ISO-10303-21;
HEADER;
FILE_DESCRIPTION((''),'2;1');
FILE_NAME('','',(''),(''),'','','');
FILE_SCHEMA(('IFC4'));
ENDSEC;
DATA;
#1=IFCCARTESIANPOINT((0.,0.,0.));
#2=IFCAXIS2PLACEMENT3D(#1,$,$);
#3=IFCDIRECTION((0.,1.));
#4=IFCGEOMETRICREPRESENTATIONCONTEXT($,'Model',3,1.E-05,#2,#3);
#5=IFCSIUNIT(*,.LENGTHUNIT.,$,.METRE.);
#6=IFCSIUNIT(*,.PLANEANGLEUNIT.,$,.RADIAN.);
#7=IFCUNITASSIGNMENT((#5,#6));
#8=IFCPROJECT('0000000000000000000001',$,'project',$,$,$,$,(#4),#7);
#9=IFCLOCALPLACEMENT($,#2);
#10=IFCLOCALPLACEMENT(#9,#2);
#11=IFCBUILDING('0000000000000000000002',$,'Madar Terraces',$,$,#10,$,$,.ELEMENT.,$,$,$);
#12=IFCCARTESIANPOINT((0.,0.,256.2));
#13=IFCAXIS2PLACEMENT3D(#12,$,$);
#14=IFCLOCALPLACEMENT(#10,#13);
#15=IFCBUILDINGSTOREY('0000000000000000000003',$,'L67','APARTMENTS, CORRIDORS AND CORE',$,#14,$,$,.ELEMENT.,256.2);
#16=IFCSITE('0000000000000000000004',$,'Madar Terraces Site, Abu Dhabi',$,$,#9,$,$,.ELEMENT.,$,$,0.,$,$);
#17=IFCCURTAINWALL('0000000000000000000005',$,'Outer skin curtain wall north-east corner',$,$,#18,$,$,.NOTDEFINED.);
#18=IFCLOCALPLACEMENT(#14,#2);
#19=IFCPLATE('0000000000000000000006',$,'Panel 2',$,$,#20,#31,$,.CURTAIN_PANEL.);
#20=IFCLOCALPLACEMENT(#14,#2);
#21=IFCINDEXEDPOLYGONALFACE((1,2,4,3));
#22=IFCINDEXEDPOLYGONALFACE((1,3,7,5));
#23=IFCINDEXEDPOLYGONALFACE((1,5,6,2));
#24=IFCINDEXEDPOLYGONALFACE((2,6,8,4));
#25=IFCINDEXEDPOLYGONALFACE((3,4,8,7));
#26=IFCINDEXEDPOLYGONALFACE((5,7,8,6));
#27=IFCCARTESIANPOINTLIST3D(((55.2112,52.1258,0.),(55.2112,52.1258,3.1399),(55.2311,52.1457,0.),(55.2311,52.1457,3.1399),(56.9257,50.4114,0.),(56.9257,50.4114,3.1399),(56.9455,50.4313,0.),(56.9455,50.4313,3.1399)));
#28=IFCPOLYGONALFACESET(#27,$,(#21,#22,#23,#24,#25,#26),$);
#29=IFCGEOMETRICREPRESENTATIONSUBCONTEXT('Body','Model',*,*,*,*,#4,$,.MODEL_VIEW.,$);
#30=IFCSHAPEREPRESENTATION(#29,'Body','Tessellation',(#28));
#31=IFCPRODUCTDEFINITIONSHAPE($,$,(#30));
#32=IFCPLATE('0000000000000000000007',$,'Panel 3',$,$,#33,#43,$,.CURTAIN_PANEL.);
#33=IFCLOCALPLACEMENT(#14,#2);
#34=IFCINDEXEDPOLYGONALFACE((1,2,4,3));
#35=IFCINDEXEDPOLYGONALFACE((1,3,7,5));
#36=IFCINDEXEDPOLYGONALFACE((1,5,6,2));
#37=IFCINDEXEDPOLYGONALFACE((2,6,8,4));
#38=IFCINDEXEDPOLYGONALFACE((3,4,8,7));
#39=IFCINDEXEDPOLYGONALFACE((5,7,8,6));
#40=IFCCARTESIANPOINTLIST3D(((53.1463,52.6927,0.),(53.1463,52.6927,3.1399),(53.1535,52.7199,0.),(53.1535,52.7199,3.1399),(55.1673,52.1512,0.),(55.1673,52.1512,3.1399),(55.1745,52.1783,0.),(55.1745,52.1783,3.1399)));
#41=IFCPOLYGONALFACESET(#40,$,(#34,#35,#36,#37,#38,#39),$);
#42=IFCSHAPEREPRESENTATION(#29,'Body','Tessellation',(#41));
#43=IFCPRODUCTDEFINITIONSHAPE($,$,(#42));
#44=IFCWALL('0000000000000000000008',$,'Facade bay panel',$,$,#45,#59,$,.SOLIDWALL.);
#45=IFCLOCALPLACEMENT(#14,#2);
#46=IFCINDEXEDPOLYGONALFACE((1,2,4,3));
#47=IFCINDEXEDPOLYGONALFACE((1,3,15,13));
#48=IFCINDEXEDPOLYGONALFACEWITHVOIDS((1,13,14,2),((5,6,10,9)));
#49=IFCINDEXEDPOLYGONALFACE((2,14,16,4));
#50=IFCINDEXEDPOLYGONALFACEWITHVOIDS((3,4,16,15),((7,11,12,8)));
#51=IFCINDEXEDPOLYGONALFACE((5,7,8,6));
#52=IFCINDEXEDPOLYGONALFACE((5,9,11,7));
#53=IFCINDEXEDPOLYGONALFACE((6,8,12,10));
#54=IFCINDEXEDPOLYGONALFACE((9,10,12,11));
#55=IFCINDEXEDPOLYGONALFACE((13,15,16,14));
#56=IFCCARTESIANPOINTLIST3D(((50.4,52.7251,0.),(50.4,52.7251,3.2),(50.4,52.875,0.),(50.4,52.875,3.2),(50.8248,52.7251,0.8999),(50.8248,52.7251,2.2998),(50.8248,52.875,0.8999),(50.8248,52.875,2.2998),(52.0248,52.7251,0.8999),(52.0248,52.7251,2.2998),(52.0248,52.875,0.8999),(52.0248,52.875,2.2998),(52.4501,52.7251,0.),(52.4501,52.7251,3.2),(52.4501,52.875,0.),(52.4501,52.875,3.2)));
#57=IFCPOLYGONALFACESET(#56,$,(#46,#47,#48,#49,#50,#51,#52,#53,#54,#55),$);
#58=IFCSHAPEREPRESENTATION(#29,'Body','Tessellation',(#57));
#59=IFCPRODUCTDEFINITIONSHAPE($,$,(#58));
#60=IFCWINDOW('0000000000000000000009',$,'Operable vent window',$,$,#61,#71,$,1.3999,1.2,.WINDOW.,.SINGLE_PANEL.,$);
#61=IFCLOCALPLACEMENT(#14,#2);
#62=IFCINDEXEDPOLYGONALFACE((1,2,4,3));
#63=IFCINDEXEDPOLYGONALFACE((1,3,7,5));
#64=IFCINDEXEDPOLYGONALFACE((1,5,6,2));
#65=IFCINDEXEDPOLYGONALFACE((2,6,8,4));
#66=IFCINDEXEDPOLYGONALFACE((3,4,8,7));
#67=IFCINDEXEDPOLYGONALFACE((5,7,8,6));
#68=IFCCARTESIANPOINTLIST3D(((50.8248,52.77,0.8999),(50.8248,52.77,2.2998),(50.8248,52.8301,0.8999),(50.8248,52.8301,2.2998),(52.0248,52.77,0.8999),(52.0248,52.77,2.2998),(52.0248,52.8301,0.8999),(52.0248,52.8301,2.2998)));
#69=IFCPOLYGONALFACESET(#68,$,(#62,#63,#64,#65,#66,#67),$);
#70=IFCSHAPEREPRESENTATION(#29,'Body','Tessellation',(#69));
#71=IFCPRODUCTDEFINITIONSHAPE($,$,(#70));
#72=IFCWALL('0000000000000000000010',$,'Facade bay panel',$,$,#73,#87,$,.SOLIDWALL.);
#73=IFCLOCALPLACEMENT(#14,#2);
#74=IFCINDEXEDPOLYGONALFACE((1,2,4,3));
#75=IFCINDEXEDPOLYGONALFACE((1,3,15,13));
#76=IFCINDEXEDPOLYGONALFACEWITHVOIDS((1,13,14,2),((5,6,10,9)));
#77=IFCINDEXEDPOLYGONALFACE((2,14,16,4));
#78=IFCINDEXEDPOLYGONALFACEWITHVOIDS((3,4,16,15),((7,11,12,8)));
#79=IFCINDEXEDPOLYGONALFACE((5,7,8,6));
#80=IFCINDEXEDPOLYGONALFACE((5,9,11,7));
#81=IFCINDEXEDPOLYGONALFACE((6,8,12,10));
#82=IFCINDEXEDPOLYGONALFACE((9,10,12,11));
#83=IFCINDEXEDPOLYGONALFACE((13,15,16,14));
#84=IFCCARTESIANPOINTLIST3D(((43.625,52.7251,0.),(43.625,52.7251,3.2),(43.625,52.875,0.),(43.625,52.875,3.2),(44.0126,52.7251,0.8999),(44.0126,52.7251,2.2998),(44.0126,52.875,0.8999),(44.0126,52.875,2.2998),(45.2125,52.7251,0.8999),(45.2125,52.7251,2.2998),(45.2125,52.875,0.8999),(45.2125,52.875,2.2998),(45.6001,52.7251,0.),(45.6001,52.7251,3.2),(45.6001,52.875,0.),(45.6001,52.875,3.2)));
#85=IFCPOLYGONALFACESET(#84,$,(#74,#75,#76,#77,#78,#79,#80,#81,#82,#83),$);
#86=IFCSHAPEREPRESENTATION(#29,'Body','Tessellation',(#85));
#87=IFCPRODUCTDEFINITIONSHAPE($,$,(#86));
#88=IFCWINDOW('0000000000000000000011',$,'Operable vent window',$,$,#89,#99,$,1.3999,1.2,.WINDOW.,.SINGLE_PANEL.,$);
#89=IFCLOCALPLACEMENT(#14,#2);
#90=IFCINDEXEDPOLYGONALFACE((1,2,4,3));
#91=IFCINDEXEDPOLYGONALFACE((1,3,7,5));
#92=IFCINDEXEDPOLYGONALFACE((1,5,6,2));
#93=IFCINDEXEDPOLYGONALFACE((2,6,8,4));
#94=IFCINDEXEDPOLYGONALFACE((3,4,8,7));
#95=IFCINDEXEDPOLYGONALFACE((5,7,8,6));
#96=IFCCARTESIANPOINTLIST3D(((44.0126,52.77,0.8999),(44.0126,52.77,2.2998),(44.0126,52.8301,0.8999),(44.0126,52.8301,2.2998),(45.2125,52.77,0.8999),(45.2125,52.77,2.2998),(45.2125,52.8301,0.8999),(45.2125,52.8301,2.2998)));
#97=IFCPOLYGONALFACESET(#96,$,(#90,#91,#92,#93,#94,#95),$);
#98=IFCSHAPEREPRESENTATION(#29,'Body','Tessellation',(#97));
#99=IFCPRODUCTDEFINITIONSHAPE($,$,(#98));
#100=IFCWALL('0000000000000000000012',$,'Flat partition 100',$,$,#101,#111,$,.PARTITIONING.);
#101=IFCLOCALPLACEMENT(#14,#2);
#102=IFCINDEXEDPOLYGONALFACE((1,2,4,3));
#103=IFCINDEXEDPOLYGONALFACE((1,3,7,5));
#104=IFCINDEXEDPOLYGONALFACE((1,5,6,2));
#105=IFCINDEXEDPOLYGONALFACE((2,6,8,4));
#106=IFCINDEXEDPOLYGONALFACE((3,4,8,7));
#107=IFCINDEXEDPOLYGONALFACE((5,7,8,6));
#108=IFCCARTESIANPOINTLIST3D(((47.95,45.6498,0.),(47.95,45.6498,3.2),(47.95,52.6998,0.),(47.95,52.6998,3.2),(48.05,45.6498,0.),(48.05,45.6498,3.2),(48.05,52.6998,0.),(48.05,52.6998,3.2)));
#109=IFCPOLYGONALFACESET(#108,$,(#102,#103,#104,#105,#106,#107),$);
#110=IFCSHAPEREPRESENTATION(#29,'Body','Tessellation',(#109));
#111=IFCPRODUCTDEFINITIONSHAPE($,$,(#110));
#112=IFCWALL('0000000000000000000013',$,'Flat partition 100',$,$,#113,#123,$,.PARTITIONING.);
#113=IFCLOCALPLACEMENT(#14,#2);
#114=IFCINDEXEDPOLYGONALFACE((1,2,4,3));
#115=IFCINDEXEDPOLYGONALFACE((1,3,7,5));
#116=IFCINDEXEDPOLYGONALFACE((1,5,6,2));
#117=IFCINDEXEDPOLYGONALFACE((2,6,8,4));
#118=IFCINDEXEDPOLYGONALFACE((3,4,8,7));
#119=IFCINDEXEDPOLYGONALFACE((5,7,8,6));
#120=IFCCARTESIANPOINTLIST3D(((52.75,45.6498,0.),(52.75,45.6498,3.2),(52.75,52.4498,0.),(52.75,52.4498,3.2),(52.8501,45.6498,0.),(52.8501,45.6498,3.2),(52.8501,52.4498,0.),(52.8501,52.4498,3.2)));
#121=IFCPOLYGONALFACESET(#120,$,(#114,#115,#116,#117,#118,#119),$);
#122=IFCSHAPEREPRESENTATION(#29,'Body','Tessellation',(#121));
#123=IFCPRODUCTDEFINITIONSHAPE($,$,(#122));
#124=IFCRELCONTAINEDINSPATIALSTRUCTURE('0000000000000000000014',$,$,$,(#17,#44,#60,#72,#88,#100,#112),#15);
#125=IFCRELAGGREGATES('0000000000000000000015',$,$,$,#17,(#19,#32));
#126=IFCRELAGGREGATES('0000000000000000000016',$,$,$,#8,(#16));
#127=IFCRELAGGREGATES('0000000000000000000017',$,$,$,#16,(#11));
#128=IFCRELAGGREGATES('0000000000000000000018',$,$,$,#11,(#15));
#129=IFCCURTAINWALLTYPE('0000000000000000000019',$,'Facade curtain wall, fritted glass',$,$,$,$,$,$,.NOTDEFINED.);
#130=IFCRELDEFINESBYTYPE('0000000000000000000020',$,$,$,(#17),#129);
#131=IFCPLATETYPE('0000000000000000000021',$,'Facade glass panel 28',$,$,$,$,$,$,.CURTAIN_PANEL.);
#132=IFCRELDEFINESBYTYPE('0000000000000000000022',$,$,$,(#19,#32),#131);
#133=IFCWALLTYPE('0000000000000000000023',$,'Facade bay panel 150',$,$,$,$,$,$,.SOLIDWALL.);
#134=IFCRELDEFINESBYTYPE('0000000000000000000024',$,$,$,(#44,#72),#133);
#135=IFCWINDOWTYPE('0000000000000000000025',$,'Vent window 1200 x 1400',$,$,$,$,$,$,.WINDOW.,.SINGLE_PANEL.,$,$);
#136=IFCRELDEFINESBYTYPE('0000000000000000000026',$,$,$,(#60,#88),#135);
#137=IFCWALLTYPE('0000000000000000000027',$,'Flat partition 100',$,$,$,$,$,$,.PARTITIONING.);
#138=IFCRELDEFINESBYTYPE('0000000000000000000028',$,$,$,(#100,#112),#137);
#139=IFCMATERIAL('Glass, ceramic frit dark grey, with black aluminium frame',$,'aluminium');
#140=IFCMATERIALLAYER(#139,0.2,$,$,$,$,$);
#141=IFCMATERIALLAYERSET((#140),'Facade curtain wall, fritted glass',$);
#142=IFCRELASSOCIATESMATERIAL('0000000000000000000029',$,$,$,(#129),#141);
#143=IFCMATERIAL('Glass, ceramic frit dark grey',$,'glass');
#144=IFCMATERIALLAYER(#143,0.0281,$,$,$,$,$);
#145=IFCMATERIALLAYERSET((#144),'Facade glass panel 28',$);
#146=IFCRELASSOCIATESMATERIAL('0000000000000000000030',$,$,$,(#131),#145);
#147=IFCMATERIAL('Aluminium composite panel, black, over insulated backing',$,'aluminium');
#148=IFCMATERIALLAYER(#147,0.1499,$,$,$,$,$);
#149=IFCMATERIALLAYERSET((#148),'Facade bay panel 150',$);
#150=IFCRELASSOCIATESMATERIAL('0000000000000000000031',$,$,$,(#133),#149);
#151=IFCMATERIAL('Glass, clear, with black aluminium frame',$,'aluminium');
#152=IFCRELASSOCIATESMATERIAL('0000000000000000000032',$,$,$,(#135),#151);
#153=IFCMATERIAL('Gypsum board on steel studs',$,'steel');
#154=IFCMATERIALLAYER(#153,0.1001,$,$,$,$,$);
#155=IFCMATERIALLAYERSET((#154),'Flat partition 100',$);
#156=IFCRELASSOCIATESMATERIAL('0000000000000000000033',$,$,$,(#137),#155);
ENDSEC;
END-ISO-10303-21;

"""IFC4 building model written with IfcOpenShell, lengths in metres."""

from ifc_helpers import new_model, si_unit, direction, frame, frame_2d, origin, origin_2d, place, context, subcontext, project, spatial, rectangle, extrude, material, layer, layer_set, type_object, element, fill, aggregate, save


model = new_model("IFC4")

# Units and contexts
model_context = context("Model", 3, precision=1e-05, world=origin(), true_north=direction((0.0, 1.0)))
body_context = subcontext(model_context, "Body", "Model", "MODEL_VIEW")
ifc_project = project(units=[si_unit("LENGTHUNIT", "METRE"), si_unit("PLANEANGLEUNIT", "RADIAN")], contexts=[model_context])

# Site, building, storey
site_placement = place(None, origin())
site = spatial("IfcSite", under=ifc_project, at=site_placement, Name="Madar Terraces Site, Abu Dhabi", CompositionType="ELEMENT", RefElevation=0.0)
building_placement = place(site_placement, origin())
building = spatial("IfcBuilding", under=site, at=building_placement, Name="Madar Terraces", CompositionType="ELEMENT")
storey_placement = place(building_placement, frame((0.0, 0.0, 256.2)))
storey = spatial("IfcBuildingStorey", under=building, at=storey_placement, Name="L67", Description="APARTMENTS, CORRIDORS AND CORE", CompositionType="ELEMENT", Elevation=256.2)

# Shared definitions
ifc_material_1 = material(Name="Glass, ceramic frit dark grey, with black aluminium frame", Category="aluminium")
ifc_layer_1 = layer(ifc_material_1, 0.2)
ifc_layer_set_1 = layer_set([ifc_layer_1], Name="Facade curtain wall, fritted glass")
curtain_wall_type = type_object("IfcCurtainWallType", Name="Facade curtain wall, fritted glass", PredefinedType="NOTDEFINED", material=ifc_layer_set_1)

# Curtain wall
curtain_wall_1_placement = place(storey_placement, origin())
curtain_wall_1 = element("IfcCurtainWall", 1, at=curtain_wall_1_placement, inside=storey, type_object=curtain_wall_type, Name="Outer skin curtain wall north-east corner", PredefinedType="NOTDEFINED")

# Plates
ifc_material_2 = material(Name="Glass, ceramic frit dark grey", Category="glass")
ifc_layer_2 = layer(ifc_material_2, 0.0281)
ifc_layer_set_2 = layer_set([ifc_layer_2], Name="Facade glass panel 28")
plate_type = type_object("IfcPlateType", Name="Facade glass panel 28", PredefinedType="CURTAIN_PANEL", material=ifc_layer_set_2)
plate_1_placement = place(storey_placement, frame((56.0784, 51.2786, 0.0), z_axis=(0.0, 0.0, 1.0), x_axis=(-0.707107, 0.707107, 0.0)))
plate_1 = element("IfcPlate", 2, at=plate_1_placement, type_object=plate_type, Name="Panel 2", PredefinedType="CURTAIN_PANEL", context=body_context, shape_type="SweptSolid", body=[
    extrude(rectangle(XDim=2.4246, YDim=0.0281, at=origin_2d()), origin(), (0.0, 0.0, 1.0), 3.1399),
])
plate_2_placement = place(storey_placement, frame((54.1604, 52.4355, 0.0), z_axis=(0.0, 0.0, 1.0), x_axis=(-0.965926, 0.258819, 0.0)))
plate_2 = element("IfcPlate", 3, at=plate_2_placement, type_object=plate_type, Name="Panel 3", PredefinedType="CURTAIN_PANEL", context=body_context, shape_type="SweptSolid", body=[
    extrude(rectangle(XDim=2.0923, YDim=0.0281, at=origin_2d()), origin(), (0.0, 0.0, 1.0), 3.1399),
])
aggregate(curtain_wall_1, [plate_1, plate_2])

# Walls, openings, windows
ifc_material_3 = material(Name="Aluminium composite panel, black, over insulated backing", Category="aluminium")
ifc_layer_3 = layer(ifc_material_3, 0.1499)
ifc_layer_set_3 = layer_set([ifc_layer_3], Name="Facade bay panel 150")
wall_type_1 = type_object("IfcWallType", Name="Facade bay panel 150", PredefinedType="SOLIDWALL", material=ifc_layer_set_3)
wall_1_placement = place(storey_placement, frame((52.45, 52.8, 0.0), z_axis=(0.0, 0.0, 1.0), x_axis=(-1.0, 0.0, 0.0)))
wall_1 = element("IfcWall", 4, at=wall_1_placement, inside=storey, type_object=wall_type_1, Name="Facade bay panel", PredefinedType="SOLIDWALL", context=body_context, shape_type="SweptSolid", body=[
    extrude(rectangle(XDim=2.05, YDim=0.1499, at=frame_2d((1.0249, 0.0))), origin(), (0.0, 0.0, 1.0), 3.2),
])
opening_1_placement = place(wall_1_placement, frame((0.425, 0.0, 0.8999)))
opening_1 = element("IfcOpeningElement", 5, at=opening_1_placement, cuts=wall_1, PredefinedType="OPENING", context=body_context, shape_type="SweptSolid", body=[
    extrude(rectangle(XDim=1.2, YDim=1.3999, at=frame_2d((0.6001, 0.7))), frame((0.0, 0.085, 0.0), z_axis=(0.0, -1.0, 0.0), x_axis=(1.0, 0.0, 0.0)), (0.0, 0.0, 1.0), 0.1699),
])
ifc_material_4 = material(Name="Glass, clear, with black aluminium frame", Category="aluminium")
window_type = type_object("IfcWindowType", Name="Vent window 1200 x 1400", PartitioningType="SINGLE_PANEL", PredefinedType="WINDOW", material=ifc_material_4)
window_1_placement = place(opening_1_placement, origin())
window_1 = element("IfcWindow", 6, at=window_1_placement, inside=storey, type_object=window_type, Name="Operable vent window", OverallHeight=1.3999, OverallWidth=1.2, PartitioningType="SINGLE_PANEL", PredefinedType="WINDOW", context=body_context, shape_type="SweptSolid", body=[
    extrude(rectangle(XDim=1.2, YDim=1.3999, at=frame_2d((0.6001, 0.7))), frame((0.0, 0.03, 0.0), z_axis=(0.0, -1.0, 0.0), x_axis=(1.0, 0.0, 0.0)), (0.0, 0.0, 1.0), 0.0601),
])
fill(opening_1, window_1)
wall_2_placement = place(storey_placement, frame((45.6001, 52.8, 0.0), z_axis=(0.0, 0.0, 1.0), x_axis=(-1.0, 0.0, 0.0)))
wall_2 = element("IfcWall", 7, at=wall_2_placement, inside=storey, type_object=wall_type_1, Name="Facade bay panel", PredefinedType="SOLIDWALL", context=body_context, shape_type="SweptSolid", body=[
    extrude(rectangle(XDim=1.9751, YDim=0.1499, at=frame_2d((0.9875, 0.0))), origin(), (0.0, 0.0, 1.0), 3.2),
])
opening_2_placement = place(wall_2_placement, frame((0.3875, 0.0, 0.8999)))
opening_2 = element("IfcOpeningElement", 8, at=opening_2_placement, cuts=wall_2, PredefinedType="OPENING", context=body_context, shape_type="SweptSolid", body=[
    extrude(rectangle(XDim=1.2, YDim=1.3999, at=frame_2d((0.6001, 0.7))), frame((0.0, 0.085, 0.0), z_axis=(0.0, -1.0, 0.0), x_axis=(1.0, 0.0, 0.0)), (0.0, 0.0, 1.0), 0.1699),
])
window_2_placement = place(opening_2_placement, origin())
window_2 = element("IfcWindow", 9, at=window_2_placement, inside=storey, type_object=window_type, Name="Operable vent window", OverallHeight=1.3999, OverallWidth=1.2, PartitioningType="SINGLE_PANEL", PredefinedType="WINDOW", context=body_context, shape_type="SweptSolid", body=[
    extrude(rectangle(XDim=1.2, YDim=1.3999, at=frame_2d((0.6001, 0.7))), frame((0.0, 0.03, 0.0), z_axis=(0.0, -1.0, 0.0), x_axis=(1.0, 0.0, 0.0)), (0.0, 0.0, 1.0), 0.0601),
])
fill(opening_2, window_2)

# Walls
ifc_material_5 = material(Name="Gypsum board on steel studs", Category="steel")
ifc_layer_4 = layer(ifc_material_5, 0.1001)
ifc_layer_set_4 = layer_set([ifc_layer_4], Name="Flat partition 100")
wall_type_2 = type_object("IfcWallType", Name="Flat partition 100", PredefinedType="PARTITIONING", material=ifc_layer_set_4)
wall_3_placement = place(storey_placement, frame((48.0, 45.6499, 0.0), z_axis=(0.0, 0.0, 1.0), x_axis=(0.0, 1.0, 0.0)))
element("IfcWall", 10, at=wall_3_placement, inside=storey, type_object=wall_type_2, Name="Flat partition 100", PredefinedType="PARTITIONING", context=body_context, shape_type="SweptSolid", body=[
    extrude(rectangle(XDim=7.05, YDim=0.1001, at=frame_2d((3.5249, 0.0))), origin(), (0.0, 0.0, 1.0), 3.2),
])
wall_4_placement = place(storey_placement, frame((52.8, 45.6499, 0.0), z_axis=(0.0, 0.0, 1.0), x_axis=(0.0, 1.0, 0.0)))
element("IfcWall", 11, at=wall_4_placement, inside=storey, type_object=wall_type_2, Name="Flat partition 100", PredefinedType="PARTITIONING", context=body_context, shape_type="SweptSolid", body=[
    extrude(rectangle(XDim=6.8, YDim=0.1001, at=frame_2d((3.3999, 0.0))), origin(), (0.0, 0.0, 1.0), 3.2),
])

save(model, "model.ifc")
